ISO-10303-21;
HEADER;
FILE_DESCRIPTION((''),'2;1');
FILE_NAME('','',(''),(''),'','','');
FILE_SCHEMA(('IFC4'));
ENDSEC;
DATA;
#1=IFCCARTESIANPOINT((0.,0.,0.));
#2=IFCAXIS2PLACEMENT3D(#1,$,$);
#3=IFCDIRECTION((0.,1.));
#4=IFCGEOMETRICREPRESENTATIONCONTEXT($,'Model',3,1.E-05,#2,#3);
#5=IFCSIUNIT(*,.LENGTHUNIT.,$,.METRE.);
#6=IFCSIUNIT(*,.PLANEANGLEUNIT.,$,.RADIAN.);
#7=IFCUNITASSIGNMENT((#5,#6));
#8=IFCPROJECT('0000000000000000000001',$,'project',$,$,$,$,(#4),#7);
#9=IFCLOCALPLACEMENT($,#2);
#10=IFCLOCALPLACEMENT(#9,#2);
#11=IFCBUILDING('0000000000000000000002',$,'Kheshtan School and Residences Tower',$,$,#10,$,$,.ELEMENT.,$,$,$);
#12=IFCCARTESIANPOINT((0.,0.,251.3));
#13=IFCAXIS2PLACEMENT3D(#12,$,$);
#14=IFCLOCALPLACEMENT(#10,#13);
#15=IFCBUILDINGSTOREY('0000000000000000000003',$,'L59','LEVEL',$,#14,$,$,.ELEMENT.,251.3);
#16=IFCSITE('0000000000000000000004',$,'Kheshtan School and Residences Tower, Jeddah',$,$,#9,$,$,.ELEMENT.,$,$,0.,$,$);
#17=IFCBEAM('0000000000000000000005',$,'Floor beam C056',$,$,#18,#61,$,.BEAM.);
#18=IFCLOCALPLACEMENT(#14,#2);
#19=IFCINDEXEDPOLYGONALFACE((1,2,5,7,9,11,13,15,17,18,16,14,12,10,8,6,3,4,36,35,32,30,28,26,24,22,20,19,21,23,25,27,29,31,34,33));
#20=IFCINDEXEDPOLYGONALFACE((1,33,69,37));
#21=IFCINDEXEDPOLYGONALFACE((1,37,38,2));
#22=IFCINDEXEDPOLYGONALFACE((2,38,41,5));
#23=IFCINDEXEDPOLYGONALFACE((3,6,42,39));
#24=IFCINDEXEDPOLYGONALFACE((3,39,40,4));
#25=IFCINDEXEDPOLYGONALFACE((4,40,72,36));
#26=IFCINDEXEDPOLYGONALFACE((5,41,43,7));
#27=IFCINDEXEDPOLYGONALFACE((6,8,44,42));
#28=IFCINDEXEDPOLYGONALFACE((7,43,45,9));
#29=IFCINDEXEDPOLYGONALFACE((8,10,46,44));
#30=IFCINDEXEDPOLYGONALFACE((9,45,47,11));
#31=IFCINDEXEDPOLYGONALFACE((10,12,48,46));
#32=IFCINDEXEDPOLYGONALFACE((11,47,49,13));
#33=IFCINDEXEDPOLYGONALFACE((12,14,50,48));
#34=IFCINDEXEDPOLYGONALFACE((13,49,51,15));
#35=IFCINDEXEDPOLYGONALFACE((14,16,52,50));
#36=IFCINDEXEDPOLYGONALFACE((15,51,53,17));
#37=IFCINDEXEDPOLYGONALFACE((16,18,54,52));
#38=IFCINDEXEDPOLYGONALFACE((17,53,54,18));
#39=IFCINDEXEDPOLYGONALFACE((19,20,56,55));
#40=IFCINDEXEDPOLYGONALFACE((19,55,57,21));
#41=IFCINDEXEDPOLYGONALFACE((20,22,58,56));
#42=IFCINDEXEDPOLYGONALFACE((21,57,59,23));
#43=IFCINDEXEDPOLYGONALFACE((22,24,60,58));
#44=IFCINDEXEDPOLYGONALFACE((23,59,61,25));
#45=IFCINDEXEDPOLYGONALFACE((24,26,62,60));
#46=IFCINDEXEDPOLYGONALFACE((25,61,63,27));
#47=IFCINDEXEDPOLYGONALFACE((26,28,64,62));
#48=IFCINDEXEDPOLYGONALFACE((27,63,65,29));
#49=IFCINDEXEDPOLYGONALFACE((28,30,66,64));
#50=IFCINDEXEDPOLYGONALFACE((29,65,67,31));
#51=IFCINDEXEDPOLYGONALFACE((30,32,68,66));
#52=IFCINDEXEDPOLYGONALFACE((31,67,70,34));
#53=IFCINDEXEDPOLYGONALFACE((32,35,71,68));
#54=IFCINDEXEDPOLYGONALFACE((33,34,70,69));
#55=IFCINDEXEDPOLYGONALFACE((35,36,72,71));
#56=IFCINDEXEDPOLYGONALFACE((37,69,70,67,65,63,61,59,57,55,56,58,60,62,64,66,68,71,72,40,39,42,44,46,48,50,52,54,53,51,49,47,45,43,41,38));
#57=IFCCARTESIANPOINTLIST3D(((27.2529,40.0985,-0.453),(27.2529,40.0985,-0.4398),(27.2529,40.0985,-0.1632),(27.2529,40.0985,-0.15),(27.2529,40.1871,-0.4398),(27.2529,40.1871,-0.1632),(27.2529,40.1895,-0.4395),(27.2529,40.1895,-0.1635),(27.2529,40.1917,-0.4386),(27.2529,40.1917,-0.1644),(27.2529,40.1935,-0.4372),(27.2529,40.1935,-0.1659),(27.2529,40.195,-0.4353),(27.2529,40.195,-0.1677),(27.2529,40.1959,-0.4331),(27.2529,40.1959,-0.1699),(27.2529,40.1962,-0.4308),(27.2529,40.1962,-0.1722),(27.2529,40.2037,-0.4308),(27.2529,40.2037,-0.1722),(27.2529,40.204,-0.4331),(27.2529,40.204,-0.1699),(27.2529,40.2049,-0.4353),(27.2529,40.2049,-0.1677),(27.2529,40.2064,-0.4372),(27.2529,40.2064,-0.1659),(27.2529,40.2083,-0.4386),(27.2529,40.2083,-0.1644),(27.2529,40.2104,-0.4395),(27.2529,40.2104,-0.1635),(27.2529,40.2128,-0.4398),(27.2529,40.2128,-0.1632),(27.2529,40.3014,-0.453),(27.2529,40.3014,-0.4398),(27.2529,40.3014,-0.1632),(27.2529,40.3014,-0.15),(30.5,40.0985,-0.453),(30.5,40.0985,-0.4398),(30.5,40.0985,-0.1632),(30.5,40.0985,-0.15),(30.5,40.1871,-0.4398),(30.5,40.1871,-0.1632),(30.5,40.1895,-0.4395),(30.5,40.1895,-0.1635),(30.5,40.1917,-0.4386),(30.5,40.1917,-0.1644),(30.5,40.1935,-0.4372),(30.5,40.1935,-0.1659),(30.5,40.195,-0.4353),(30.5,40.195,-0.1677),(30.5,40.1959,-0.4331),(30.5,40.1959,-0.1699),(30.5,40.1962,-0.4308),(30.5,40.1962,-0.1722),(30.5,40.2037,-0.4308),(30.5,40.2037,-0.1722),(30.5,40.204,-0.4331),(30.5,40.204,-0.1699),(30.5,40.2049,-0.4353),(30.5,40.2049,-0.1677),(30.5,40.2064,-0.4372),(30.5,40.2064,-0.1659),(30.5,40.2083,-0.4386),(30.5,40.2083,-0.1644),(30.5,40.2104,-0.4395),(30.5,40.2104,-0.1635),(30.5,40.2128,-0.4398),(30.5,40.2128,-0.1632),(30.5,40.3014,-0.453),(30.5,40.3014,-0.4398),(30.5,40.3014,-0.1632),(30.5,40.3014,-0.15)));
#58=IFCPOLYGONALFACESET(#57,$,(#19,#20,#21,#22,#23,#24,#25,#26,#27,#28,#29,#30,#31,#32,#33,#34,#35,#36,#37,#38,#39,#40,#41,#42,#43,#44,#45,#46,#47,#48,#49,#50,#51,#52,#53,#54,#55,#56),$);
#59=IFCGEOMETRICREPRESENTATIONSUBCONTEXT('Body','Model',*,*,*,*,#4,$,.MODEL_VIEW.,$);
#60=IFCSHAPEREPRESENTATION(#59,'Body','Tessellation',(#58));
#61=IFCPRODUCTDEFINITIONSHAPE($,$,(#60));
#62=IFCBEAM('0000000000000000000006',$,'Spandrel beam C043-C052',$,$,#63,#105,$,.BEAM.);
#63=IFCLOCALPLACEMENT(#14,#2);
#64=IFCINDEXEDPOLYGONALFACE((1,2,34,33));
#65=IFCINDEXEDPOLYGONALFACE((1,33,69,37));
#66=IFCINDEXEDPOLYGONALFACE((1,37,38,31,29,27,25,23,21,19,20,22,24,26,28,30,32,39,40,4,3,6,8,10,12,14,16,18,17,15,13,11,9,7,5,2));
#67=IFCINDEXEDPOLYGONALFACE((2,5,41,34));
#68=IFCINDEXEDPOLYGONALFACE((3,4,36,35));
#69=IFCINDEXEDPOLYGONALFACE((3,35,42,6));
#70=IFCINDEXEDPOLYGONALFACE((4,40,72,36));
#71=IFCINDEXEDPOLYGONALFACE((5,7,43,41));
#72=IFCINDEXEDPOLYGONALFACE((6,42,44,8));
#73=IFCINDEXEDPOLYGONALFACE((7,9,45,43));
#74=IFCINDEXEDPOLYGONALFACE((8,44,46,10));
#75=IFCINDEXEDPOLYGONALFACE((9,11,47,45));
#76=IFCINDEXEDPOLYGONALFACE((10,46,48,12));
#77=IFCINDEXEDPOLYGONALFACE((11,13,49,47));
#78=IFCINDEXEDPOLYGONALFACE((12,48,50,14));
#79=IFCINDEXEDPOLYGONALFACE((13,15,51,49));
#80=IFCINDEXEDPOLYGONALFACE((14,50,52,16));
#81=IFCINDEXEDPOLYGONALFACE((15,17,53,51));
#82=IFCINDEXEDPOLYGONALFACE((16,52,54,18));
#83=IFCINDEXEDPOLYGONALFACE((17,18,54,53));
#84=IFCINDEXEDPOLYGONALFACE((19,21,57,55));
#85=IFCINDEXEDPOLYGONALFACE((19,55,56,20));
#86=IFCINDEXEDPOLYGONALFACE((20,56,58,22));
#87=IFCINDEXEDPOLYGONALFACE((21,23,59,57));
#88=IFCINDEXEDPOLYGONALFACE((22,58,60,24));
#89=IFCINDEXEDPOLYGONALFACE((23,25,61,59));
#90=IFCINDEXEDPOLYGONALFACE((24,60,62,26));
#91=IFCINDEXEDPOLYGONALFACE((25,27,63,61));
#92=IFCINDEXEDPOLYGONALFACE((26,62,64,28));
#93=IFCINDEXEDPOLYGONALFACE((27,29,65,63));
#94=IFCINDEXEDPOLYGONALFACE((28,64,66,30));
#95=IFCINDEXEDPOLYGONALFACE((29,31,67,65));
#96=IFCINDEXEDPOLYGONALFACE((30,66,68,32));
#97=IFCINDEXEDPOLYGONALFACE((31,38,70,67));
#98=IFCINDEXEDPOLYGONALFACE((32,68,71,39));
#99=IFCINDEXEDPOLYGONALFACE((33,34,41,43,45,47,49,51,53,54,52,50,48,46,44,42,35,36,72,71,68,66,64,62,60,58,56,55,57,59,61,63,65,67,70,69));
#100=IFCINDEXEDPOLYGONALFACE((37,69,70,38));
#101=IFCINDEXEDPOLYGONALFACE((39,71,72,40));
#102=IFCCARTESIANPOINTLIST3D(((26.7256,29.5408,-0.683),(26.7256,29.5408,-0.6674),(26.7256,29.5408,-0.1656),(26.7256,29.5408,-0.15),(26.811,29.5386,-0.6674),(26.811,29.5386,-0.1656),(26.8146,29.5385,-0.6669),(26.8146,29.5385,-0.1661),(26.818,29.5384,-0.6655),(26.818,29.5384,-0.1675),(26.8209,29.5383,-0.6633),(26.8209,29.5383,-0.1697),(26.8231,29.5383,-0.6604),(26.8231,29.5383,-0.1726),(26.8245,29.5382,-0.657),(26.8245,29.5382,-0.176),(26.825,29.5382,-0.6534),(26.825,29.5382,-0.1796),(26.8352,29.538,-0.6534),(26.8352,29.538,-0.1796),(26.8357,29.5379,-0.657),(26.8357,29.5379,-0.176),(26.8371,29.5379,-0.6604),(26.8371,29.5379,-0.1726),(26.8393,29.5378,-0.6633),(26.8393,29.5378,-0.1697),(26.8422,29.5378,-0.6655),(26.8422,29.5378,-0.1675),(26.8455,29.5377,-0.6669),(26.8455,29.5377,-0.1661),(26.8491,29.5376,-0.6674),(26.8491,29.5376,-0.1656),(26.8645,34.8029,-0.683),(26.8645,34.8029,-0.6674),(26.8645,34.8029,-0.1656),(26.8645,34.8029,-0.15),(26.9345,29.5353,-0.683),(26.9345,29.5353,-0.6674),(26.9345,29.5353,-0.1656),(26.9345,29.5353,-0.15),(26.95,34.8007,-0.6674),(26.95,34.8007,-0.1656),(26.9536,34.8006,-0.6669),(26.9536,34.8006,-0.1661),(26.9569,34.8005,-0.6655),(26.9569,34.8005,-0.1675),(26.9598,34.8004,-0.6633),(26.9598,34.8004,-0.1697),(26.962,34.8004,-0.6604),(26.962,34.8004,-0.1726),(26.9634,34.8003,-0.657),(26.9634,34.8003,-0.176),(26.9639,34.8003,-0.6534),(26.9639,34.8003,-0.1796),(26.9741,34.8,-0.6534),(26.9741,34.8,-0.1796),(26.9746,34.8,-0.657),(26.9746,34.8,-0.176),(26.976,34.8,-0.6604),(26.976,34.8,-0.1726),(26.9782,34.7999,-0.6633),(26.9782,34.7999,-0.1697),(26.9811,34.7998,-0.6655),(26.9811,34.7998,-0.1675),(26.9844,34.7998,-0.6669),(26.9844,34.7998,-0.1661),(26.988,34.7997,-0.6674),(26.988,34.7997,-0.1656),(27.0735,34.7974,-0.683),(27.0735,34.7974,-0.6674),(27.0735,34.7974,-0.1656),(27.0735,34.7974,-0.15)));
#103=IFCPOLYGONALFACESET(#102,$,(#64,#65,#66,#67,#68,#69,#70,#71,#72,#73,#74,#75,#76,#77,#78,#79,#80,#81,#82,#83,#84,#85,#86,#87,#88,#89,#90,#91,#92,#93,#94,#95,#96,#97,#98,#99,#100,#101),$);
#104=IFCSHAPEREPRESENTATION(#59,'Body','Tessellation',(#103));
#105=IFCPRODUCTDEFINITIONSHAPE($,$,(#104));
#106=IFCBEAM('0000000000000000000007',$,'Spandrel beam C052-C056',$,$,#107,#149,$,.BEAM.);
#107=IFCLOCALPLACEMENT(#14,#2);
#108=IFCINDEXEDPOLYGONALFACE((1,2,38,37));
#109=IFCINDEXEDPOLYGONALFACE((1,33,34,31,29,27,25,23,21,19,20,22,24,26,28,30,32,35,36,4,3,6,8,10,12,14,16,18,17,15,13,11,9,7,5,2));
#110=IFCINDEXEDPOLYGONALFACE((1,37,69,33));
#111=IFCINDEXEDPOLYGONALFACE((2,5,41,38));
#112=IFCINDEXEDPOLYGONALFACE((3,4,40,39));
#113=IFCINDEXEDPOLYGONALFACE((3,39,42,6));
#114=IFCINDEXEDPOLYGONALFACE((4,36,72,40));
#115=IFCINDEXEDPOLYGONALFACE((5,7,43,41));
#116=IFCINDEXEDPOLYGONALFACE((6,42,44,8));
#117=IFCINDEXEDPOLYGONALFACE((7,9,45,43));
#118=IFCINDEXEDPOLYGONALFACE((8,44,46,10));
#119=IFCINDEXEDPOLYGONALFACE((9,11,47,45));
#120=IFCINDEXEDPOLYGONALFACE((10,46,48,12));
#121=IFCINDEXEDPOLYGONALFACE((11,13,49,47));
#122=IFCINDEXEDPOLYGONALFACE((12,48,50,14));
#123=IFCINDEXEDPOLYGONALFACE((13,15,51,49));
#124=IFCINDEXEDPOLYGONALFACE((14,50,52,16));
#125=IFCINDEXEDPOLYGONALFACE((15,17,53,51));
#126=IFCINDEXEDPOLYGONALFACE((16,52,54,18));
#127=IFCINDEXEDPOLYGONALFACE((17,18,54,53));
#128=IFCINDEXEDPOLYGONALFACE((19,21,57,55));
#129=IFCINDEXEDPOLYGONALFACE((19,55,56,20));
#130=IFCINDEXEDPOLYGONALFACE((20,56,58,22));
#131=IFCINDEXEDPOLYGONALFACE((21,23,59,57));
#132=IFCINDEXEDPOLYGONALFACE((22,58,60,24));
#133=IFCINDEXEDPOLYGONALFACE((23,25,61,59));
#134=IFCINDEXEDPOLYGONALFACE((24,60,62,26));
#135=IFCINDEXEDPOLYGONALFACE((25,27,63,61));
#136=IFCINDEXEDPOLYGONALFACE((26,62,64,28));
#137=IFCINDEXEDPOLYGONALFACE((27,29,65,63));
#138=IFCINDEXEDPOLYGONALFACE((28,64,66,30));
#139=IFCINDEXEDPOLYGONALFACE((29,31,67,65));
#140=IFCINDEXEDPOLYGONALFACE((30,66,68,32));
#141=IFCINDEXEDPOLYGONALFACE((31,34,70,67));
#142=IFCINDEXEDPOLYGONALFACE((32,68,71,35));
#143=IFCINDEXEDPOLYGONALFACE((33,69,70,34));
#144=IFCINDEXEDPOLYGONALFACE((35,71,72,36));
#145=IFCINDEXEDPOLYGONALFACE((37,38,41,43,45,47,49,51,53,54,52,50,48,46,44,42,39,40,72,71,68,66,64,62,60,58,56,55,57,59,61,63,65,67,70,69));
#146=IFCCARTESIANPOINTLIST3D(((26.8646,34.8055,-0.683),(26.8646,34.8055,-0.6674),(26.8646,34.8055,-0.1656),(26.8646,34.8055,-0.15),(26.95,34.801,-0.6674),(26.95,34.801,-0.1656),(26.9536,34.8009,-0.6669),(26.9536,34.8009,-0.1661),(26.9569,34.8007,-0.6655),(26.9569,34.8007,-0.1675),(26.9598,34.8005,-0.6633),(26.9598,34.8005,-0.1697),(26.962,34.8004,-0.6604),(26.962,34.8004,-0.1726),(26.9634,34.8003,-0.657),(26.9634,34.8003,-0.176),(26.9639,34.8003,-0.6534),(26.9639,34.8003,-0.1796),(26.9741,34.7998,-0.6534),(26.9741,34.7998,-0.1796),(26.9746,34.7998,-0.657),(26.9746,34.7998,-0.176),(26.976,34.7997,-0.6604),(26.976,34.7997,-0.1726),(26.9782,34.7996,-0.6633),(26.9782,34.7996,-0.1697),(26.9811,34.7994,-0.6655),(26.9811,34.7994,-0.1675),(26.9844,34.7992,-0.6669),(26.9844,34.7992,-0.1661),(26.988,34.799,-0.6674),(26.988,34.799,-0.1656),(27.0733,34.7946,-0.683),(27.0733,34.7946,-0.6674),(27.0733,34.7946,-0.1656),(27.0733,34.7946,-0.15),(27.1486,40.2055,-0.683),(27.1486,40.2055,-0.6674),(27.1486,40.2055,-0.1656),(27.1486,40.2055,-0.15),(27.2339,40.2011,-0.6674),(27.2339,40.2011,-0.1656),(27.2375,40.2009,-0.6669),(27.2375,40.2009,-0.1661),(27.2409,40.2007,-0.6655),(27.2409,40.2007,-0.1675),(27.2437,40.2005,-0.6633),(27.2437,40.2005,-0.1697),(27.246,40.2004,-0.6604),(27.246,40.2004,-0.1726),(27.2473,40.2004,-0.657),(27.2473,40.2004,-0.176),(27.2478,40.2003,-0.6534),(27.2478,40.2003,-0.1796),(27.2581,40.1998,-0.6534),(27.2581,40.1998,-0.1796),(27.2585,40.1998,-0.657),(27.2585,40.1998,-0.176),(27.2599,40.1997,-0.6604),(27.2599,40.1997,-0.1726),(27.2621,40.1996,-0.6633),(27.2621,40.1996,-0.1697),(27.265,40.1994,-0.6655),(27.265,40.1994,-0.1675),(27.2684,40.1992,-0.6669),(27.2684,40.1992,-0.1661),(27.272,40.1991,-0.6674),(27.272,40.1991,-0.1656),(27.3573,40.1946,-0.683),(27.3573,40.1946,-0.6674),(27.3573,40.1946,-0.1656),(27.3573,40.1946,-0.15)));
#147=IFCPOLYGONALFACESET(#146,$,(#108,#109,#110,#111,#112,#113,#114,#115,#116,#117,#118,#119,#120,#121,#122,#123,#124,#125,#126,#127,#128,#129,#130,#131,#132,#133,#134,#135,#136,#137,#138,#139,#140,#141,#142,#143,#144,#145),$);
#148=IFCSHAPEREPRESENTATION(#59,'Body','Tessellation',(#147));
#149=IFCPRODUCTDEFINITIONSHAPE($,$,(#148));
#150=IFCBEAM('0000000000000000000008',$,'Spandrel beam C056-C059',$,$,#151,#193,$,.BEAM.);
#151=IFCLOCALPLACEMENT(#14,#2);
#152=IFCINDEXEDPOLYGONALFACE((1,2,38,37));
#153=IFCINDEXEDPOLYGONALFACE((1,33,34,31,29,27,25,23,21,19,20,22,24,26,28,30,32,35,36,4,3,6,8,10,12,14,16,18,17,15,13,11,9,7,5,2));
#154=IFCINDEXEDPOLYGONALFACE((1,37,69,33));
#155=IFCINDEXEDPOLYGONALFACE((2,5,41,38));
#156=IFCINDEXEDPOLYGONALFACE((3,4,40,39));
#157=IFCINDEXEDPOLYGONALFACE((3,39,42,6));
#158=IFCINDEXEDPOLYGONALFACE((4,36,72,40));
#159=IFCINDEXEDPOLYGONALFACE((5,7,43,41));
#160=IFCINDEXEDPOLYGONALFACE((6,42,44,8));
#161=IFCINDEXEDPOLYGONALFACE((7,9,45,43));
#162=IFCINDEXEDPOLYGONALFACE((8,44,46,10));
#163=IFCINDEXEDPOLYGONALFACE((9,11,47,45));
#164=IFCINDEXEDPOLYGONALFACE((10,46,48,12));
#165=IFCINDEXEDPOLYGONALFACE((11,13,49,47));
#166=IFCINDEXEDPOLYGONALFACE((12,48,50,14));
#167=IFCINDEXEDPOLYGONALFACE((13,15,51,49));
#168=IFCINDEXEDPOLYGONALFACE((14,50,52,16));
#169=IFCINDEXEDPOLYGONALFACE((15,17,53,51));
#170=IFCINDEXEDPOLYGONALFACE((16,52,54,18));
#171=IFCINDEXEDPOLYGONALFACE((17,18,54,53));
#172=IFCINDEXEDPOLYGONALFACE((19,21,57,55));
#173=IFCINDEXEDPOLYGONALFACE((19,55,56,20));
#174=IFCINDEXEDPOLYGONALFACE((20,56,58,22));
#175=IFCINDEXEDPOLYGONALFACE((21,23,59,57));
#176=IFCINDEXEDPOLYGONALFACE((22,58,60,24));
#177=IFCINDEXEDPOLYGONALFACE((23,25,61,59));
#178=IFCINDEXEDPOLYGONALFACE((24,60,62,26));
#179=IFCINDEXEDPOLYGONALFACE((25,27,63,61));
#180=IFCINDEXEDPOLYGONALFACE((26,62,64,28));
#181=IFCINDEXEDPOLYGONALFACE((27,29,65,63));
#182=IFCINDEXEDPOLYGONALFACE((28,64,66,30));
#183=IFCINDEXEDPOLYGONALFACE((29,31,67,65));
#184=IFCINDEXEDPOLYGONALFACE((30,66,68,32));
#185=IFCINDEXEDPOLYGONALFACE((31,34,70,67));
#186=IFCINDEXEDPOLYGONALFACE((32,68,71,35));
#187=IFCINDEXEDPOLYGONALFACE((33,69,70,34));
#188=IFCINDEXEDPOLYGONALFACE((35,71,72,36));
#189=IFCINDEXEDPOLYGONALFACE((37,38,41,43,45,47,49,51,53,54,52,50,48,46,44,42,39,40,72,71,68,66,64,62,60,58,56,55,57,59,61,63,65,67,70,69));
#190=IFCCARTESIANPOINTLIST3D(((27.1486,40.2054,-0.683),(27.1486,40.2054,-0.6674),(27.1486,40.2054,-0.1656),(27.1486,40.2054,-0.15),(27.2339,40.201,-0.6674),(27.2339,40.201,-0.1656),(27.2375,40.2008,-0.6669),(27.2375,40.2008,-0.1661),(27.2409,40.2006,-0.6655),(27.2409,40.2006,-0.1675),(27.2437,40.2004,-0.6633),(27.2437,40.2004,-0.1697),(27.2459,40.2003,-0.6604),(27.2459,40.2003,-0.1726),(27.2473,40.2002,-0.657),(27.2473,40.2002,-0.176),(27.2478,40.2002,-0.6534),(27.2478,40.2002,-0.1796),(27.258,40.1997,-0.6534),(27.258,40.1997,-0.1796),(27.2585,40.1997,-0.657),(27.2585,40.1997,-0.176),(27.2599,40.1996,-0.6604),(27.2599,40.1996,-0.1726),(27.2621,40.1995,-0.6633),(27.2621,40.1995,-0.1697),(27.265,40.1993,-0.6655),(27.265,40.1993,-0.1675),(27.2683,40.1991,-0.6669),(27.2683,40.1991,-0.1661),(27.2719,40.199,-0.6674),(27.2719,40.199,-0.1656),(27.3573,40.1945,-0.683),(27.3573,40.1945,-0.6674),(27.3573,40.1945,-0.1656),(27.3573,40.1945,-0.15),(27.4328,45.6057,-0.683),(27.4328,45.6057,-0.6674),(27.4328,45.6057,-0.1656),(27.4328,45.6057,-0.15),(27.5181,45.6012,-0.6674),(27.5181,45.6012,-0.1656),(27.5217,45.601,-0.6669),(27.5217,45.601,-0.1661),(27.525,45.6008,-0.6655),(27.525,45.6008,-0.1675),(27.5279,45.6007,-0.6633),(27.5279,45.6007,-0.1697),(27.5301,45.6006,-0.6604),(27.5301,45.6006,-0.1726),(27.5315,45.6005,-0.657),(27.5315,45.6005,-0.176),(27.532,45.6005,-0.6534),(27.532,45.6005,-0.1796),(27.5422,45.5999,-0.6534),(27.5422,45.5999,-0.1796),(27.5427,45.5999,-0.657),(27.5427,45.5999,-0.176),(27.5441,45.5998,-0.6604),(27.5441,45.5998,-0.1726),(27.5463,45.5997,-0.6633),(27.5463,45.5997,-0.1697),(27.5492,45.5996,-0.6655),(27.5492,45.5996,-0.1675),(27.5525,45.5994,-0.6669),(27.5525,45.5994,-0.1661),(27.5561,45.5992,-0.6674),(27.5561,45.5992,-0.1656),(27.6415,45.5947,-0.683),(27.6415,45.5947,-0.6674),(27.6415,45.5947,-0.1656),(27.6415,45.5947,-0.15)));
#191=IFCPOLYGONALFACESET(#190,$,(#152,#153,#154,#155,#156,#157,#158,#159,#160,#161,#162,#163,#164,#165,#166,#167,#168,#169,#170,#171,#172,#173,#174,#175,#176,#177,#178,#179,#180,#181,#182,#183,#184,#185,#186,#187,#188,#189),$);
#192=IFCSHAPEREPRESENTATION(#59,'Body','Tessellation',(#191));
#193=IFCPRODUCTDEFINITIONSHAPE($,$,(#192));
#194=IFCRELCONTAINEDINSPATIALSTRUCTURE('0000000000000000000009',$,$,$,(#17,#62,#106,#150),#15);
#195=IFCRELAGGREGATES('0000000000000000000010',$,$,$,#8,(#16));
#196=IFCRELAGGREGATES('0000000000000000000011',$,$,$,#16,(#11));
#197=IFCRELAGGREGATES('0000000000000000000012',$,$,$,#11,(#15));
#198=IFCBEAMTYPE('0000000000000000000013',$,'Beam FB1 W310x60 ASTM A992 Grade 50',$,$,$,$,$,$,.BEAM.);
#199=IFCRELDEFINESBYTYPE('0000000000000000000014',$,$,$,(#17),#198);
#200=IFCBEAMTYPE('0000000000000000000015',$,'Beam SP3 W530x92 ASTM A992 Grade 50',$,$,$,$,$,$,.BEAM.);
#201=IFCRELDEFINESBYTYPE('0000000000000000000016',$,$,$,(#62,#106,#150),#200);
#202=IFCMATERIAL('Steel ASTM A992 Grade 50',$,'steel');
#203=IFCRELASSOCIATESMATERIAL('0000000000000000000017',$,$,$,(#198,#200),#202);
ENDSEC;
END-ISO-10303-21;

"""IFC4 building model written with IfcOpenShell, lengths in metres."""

from ifc_helpers import new_model, si_unit, direction, frame, origin, origin_2d, place, context, subcontext, project, spatial, i_section, extrude, material, material_profile, profile_set, type_object, element, save


model = new_model("IFC4")

# Units and contexts
model_context = context("Model", 3, precision=1e-05, world=origin(), true_north=direction((0.0, 1.0)))
body_context = subcontext(model_context, "Body", "Model", "MODEL_VIEW")
ifc_project = project(units=[si_unit("LENGTHUNIT", "METRE"), si_unit("PLANEANGLEUNIT", "RADIAN")], contexts=[model_context])

# Site, building, storey
site_placement = place(None, origin())
site = spatial("IfcSite", under=ifc_project, at=site_placement, Name="Kheshtan School and Residences Tower, Jeddah", CompositionType="ELEMENT", RefElevation=0.0)
building_placement = place(site_placement, origin())
building = spatial("IfcBuilding", under=site, at=building_placement, Name="Kheshtan School and Residences Tower", CompositionType="ELEMENT")
storey_placement = place(building_placement, frame((0.0, 0.0, 251.3)))
storey = spatial("IfcBuildingStorey", under=building, at=storey_placement, Name="L59", Description="LEVEL", CompositionType="ELEMENT", Elevation=251.3)

# Shared definitions
ifc_material_1 = material(Name="Steel ASTM A992 Grade 50", Category="steel")

# Beams
ifc_material_profile_1 = material_profile(ifc_material_1, i_section(OverallWidth=0.2029, OverallDepth=0.303, WebThickness=0.0076, FlangeThickness=0.0132, FilletRadius=0.009, at=origin_2d()), Name="W310x60")
ifc_profile_set_1 = profile_set([ifc_material_profile_1], Name="Steel ASTM A992 Grade 50")
beam_type_1 = type_object("IfcBeamType", Name="Beam FB1 W310x60 ASTM A992 Grade 50", PredefinedType="BEAM", material=ifc_profile_set_1)
beam_1_placement = place(storey_placement, frame((27.2529, 40.2, -0.3015), z_axis=(1.0, 0.0, 0.0), x_axis=(0.0, 1.0, 0.0)))
element("IfcBeam", 1, at=beam_1_placement, inside=storey, type_object=beam_type_1, Name="Floor beam C056", PredefinedType="BEAM", context=body_context, shape_type="SweptSolid", body=[
    extrude(i_section(OverallWidth=0.2029, OverallDepth=0.303, WebThickness=0.0076, FlangeThickness=0.0132, FilletRadius=0.009, at=origin_2d()), origin(), (0.0, 0.0, 1.0), 3.2471),
])
ifc_material_profile_2 = material_profile(ifc_material_1, i_section(OverallWidth=0.209, OverallDepth=0.533, WebThickness=0.0103, FlangeThickness=0.0156, FilletRadius=0.0139, at=origin_2d()), Name="W530x92")
ifc_profile_set_2 = profile_set([ifc_material_profile_2], Name="Steel ASTM A992 Grade 50")
beam_type_2 = type_object("IfcBeamType", Name="Beam SP3 W530x92 ASTM A992 Grade 50", PredefinedType="BEAM", material=ifc_profile_set_2)
beam_2_placement = place(storey_placement, frame((26.8301, 29.5381, -0.4165), z_axis=(0.026391, 0.999652, 0.0), x_axis=(-0.999652, 0.026391, 0.0)))
element("IfcBeam", 2, at=beam_2_placement, inside=storey, type_object=beam_type_2, Name="Spandrel beam C043-C052", PredefinedType="BEAM", context=body_context, shape_type="SweptSolid", body=[
    extrude(i_section(OverallWidth=0.209, OverallDepth=0.533, WebThickness=0.0103, FlangeThickness=0.0156, FilletRadius=0.0139, at=origin_2d()), origin(), (0.0, 0.0, 1.0), 5.2639),
])
beam_3_placement = place(storey_placement, frame((26.969, 34.8, -0.4165), z_axis=(0.052509, 0.99862, 0.0), x_axis=(-0.99862, 0.052509, 0.0)))
element("IfcBeam", 3, at=beam_3_placement, inside=storey, type_object=beam_type_2, Name="Spandrel beam C052-C056", PredefinedType="BEAM", context=body_context, shape_type="SweptSolid", body=[
    extrude(i_section(OverallWidth=0.209, OverallDepth=0.533, WebThickness=0.0103, FlangeThickness=0.0156, FilletRadius=0.0139, at=origin_2d()), origin(), (0.0, 0.0, 1.0), 5.4075),
])
beam_4_placement = place(storey_placement, frame((27.2529, 40.2, -0.4165), z_axis=(0.052552, 0.998618, 0.0), x_axis=(-0.998618, 0.052552, 0.0)))
element("IfcBeam", 4, at=beam_4_placement, inside=storey, type_object=beam_type_2, Name="Spandrel beam C056-C059", PredefinedType="BEAM", context=body_context, shape_type="SweptSolid", body=[
    extrude(i_section(OverallWidth=0.209, OverallDepth=0.533, WebThickness=0.0103, FlangeThickness=0.0156, FilletRadius=0.0139, at=origin_2d()), origin(), (0.0, 0.0, 1.0), 5.4077),
])

save(model, "model.ifc")
